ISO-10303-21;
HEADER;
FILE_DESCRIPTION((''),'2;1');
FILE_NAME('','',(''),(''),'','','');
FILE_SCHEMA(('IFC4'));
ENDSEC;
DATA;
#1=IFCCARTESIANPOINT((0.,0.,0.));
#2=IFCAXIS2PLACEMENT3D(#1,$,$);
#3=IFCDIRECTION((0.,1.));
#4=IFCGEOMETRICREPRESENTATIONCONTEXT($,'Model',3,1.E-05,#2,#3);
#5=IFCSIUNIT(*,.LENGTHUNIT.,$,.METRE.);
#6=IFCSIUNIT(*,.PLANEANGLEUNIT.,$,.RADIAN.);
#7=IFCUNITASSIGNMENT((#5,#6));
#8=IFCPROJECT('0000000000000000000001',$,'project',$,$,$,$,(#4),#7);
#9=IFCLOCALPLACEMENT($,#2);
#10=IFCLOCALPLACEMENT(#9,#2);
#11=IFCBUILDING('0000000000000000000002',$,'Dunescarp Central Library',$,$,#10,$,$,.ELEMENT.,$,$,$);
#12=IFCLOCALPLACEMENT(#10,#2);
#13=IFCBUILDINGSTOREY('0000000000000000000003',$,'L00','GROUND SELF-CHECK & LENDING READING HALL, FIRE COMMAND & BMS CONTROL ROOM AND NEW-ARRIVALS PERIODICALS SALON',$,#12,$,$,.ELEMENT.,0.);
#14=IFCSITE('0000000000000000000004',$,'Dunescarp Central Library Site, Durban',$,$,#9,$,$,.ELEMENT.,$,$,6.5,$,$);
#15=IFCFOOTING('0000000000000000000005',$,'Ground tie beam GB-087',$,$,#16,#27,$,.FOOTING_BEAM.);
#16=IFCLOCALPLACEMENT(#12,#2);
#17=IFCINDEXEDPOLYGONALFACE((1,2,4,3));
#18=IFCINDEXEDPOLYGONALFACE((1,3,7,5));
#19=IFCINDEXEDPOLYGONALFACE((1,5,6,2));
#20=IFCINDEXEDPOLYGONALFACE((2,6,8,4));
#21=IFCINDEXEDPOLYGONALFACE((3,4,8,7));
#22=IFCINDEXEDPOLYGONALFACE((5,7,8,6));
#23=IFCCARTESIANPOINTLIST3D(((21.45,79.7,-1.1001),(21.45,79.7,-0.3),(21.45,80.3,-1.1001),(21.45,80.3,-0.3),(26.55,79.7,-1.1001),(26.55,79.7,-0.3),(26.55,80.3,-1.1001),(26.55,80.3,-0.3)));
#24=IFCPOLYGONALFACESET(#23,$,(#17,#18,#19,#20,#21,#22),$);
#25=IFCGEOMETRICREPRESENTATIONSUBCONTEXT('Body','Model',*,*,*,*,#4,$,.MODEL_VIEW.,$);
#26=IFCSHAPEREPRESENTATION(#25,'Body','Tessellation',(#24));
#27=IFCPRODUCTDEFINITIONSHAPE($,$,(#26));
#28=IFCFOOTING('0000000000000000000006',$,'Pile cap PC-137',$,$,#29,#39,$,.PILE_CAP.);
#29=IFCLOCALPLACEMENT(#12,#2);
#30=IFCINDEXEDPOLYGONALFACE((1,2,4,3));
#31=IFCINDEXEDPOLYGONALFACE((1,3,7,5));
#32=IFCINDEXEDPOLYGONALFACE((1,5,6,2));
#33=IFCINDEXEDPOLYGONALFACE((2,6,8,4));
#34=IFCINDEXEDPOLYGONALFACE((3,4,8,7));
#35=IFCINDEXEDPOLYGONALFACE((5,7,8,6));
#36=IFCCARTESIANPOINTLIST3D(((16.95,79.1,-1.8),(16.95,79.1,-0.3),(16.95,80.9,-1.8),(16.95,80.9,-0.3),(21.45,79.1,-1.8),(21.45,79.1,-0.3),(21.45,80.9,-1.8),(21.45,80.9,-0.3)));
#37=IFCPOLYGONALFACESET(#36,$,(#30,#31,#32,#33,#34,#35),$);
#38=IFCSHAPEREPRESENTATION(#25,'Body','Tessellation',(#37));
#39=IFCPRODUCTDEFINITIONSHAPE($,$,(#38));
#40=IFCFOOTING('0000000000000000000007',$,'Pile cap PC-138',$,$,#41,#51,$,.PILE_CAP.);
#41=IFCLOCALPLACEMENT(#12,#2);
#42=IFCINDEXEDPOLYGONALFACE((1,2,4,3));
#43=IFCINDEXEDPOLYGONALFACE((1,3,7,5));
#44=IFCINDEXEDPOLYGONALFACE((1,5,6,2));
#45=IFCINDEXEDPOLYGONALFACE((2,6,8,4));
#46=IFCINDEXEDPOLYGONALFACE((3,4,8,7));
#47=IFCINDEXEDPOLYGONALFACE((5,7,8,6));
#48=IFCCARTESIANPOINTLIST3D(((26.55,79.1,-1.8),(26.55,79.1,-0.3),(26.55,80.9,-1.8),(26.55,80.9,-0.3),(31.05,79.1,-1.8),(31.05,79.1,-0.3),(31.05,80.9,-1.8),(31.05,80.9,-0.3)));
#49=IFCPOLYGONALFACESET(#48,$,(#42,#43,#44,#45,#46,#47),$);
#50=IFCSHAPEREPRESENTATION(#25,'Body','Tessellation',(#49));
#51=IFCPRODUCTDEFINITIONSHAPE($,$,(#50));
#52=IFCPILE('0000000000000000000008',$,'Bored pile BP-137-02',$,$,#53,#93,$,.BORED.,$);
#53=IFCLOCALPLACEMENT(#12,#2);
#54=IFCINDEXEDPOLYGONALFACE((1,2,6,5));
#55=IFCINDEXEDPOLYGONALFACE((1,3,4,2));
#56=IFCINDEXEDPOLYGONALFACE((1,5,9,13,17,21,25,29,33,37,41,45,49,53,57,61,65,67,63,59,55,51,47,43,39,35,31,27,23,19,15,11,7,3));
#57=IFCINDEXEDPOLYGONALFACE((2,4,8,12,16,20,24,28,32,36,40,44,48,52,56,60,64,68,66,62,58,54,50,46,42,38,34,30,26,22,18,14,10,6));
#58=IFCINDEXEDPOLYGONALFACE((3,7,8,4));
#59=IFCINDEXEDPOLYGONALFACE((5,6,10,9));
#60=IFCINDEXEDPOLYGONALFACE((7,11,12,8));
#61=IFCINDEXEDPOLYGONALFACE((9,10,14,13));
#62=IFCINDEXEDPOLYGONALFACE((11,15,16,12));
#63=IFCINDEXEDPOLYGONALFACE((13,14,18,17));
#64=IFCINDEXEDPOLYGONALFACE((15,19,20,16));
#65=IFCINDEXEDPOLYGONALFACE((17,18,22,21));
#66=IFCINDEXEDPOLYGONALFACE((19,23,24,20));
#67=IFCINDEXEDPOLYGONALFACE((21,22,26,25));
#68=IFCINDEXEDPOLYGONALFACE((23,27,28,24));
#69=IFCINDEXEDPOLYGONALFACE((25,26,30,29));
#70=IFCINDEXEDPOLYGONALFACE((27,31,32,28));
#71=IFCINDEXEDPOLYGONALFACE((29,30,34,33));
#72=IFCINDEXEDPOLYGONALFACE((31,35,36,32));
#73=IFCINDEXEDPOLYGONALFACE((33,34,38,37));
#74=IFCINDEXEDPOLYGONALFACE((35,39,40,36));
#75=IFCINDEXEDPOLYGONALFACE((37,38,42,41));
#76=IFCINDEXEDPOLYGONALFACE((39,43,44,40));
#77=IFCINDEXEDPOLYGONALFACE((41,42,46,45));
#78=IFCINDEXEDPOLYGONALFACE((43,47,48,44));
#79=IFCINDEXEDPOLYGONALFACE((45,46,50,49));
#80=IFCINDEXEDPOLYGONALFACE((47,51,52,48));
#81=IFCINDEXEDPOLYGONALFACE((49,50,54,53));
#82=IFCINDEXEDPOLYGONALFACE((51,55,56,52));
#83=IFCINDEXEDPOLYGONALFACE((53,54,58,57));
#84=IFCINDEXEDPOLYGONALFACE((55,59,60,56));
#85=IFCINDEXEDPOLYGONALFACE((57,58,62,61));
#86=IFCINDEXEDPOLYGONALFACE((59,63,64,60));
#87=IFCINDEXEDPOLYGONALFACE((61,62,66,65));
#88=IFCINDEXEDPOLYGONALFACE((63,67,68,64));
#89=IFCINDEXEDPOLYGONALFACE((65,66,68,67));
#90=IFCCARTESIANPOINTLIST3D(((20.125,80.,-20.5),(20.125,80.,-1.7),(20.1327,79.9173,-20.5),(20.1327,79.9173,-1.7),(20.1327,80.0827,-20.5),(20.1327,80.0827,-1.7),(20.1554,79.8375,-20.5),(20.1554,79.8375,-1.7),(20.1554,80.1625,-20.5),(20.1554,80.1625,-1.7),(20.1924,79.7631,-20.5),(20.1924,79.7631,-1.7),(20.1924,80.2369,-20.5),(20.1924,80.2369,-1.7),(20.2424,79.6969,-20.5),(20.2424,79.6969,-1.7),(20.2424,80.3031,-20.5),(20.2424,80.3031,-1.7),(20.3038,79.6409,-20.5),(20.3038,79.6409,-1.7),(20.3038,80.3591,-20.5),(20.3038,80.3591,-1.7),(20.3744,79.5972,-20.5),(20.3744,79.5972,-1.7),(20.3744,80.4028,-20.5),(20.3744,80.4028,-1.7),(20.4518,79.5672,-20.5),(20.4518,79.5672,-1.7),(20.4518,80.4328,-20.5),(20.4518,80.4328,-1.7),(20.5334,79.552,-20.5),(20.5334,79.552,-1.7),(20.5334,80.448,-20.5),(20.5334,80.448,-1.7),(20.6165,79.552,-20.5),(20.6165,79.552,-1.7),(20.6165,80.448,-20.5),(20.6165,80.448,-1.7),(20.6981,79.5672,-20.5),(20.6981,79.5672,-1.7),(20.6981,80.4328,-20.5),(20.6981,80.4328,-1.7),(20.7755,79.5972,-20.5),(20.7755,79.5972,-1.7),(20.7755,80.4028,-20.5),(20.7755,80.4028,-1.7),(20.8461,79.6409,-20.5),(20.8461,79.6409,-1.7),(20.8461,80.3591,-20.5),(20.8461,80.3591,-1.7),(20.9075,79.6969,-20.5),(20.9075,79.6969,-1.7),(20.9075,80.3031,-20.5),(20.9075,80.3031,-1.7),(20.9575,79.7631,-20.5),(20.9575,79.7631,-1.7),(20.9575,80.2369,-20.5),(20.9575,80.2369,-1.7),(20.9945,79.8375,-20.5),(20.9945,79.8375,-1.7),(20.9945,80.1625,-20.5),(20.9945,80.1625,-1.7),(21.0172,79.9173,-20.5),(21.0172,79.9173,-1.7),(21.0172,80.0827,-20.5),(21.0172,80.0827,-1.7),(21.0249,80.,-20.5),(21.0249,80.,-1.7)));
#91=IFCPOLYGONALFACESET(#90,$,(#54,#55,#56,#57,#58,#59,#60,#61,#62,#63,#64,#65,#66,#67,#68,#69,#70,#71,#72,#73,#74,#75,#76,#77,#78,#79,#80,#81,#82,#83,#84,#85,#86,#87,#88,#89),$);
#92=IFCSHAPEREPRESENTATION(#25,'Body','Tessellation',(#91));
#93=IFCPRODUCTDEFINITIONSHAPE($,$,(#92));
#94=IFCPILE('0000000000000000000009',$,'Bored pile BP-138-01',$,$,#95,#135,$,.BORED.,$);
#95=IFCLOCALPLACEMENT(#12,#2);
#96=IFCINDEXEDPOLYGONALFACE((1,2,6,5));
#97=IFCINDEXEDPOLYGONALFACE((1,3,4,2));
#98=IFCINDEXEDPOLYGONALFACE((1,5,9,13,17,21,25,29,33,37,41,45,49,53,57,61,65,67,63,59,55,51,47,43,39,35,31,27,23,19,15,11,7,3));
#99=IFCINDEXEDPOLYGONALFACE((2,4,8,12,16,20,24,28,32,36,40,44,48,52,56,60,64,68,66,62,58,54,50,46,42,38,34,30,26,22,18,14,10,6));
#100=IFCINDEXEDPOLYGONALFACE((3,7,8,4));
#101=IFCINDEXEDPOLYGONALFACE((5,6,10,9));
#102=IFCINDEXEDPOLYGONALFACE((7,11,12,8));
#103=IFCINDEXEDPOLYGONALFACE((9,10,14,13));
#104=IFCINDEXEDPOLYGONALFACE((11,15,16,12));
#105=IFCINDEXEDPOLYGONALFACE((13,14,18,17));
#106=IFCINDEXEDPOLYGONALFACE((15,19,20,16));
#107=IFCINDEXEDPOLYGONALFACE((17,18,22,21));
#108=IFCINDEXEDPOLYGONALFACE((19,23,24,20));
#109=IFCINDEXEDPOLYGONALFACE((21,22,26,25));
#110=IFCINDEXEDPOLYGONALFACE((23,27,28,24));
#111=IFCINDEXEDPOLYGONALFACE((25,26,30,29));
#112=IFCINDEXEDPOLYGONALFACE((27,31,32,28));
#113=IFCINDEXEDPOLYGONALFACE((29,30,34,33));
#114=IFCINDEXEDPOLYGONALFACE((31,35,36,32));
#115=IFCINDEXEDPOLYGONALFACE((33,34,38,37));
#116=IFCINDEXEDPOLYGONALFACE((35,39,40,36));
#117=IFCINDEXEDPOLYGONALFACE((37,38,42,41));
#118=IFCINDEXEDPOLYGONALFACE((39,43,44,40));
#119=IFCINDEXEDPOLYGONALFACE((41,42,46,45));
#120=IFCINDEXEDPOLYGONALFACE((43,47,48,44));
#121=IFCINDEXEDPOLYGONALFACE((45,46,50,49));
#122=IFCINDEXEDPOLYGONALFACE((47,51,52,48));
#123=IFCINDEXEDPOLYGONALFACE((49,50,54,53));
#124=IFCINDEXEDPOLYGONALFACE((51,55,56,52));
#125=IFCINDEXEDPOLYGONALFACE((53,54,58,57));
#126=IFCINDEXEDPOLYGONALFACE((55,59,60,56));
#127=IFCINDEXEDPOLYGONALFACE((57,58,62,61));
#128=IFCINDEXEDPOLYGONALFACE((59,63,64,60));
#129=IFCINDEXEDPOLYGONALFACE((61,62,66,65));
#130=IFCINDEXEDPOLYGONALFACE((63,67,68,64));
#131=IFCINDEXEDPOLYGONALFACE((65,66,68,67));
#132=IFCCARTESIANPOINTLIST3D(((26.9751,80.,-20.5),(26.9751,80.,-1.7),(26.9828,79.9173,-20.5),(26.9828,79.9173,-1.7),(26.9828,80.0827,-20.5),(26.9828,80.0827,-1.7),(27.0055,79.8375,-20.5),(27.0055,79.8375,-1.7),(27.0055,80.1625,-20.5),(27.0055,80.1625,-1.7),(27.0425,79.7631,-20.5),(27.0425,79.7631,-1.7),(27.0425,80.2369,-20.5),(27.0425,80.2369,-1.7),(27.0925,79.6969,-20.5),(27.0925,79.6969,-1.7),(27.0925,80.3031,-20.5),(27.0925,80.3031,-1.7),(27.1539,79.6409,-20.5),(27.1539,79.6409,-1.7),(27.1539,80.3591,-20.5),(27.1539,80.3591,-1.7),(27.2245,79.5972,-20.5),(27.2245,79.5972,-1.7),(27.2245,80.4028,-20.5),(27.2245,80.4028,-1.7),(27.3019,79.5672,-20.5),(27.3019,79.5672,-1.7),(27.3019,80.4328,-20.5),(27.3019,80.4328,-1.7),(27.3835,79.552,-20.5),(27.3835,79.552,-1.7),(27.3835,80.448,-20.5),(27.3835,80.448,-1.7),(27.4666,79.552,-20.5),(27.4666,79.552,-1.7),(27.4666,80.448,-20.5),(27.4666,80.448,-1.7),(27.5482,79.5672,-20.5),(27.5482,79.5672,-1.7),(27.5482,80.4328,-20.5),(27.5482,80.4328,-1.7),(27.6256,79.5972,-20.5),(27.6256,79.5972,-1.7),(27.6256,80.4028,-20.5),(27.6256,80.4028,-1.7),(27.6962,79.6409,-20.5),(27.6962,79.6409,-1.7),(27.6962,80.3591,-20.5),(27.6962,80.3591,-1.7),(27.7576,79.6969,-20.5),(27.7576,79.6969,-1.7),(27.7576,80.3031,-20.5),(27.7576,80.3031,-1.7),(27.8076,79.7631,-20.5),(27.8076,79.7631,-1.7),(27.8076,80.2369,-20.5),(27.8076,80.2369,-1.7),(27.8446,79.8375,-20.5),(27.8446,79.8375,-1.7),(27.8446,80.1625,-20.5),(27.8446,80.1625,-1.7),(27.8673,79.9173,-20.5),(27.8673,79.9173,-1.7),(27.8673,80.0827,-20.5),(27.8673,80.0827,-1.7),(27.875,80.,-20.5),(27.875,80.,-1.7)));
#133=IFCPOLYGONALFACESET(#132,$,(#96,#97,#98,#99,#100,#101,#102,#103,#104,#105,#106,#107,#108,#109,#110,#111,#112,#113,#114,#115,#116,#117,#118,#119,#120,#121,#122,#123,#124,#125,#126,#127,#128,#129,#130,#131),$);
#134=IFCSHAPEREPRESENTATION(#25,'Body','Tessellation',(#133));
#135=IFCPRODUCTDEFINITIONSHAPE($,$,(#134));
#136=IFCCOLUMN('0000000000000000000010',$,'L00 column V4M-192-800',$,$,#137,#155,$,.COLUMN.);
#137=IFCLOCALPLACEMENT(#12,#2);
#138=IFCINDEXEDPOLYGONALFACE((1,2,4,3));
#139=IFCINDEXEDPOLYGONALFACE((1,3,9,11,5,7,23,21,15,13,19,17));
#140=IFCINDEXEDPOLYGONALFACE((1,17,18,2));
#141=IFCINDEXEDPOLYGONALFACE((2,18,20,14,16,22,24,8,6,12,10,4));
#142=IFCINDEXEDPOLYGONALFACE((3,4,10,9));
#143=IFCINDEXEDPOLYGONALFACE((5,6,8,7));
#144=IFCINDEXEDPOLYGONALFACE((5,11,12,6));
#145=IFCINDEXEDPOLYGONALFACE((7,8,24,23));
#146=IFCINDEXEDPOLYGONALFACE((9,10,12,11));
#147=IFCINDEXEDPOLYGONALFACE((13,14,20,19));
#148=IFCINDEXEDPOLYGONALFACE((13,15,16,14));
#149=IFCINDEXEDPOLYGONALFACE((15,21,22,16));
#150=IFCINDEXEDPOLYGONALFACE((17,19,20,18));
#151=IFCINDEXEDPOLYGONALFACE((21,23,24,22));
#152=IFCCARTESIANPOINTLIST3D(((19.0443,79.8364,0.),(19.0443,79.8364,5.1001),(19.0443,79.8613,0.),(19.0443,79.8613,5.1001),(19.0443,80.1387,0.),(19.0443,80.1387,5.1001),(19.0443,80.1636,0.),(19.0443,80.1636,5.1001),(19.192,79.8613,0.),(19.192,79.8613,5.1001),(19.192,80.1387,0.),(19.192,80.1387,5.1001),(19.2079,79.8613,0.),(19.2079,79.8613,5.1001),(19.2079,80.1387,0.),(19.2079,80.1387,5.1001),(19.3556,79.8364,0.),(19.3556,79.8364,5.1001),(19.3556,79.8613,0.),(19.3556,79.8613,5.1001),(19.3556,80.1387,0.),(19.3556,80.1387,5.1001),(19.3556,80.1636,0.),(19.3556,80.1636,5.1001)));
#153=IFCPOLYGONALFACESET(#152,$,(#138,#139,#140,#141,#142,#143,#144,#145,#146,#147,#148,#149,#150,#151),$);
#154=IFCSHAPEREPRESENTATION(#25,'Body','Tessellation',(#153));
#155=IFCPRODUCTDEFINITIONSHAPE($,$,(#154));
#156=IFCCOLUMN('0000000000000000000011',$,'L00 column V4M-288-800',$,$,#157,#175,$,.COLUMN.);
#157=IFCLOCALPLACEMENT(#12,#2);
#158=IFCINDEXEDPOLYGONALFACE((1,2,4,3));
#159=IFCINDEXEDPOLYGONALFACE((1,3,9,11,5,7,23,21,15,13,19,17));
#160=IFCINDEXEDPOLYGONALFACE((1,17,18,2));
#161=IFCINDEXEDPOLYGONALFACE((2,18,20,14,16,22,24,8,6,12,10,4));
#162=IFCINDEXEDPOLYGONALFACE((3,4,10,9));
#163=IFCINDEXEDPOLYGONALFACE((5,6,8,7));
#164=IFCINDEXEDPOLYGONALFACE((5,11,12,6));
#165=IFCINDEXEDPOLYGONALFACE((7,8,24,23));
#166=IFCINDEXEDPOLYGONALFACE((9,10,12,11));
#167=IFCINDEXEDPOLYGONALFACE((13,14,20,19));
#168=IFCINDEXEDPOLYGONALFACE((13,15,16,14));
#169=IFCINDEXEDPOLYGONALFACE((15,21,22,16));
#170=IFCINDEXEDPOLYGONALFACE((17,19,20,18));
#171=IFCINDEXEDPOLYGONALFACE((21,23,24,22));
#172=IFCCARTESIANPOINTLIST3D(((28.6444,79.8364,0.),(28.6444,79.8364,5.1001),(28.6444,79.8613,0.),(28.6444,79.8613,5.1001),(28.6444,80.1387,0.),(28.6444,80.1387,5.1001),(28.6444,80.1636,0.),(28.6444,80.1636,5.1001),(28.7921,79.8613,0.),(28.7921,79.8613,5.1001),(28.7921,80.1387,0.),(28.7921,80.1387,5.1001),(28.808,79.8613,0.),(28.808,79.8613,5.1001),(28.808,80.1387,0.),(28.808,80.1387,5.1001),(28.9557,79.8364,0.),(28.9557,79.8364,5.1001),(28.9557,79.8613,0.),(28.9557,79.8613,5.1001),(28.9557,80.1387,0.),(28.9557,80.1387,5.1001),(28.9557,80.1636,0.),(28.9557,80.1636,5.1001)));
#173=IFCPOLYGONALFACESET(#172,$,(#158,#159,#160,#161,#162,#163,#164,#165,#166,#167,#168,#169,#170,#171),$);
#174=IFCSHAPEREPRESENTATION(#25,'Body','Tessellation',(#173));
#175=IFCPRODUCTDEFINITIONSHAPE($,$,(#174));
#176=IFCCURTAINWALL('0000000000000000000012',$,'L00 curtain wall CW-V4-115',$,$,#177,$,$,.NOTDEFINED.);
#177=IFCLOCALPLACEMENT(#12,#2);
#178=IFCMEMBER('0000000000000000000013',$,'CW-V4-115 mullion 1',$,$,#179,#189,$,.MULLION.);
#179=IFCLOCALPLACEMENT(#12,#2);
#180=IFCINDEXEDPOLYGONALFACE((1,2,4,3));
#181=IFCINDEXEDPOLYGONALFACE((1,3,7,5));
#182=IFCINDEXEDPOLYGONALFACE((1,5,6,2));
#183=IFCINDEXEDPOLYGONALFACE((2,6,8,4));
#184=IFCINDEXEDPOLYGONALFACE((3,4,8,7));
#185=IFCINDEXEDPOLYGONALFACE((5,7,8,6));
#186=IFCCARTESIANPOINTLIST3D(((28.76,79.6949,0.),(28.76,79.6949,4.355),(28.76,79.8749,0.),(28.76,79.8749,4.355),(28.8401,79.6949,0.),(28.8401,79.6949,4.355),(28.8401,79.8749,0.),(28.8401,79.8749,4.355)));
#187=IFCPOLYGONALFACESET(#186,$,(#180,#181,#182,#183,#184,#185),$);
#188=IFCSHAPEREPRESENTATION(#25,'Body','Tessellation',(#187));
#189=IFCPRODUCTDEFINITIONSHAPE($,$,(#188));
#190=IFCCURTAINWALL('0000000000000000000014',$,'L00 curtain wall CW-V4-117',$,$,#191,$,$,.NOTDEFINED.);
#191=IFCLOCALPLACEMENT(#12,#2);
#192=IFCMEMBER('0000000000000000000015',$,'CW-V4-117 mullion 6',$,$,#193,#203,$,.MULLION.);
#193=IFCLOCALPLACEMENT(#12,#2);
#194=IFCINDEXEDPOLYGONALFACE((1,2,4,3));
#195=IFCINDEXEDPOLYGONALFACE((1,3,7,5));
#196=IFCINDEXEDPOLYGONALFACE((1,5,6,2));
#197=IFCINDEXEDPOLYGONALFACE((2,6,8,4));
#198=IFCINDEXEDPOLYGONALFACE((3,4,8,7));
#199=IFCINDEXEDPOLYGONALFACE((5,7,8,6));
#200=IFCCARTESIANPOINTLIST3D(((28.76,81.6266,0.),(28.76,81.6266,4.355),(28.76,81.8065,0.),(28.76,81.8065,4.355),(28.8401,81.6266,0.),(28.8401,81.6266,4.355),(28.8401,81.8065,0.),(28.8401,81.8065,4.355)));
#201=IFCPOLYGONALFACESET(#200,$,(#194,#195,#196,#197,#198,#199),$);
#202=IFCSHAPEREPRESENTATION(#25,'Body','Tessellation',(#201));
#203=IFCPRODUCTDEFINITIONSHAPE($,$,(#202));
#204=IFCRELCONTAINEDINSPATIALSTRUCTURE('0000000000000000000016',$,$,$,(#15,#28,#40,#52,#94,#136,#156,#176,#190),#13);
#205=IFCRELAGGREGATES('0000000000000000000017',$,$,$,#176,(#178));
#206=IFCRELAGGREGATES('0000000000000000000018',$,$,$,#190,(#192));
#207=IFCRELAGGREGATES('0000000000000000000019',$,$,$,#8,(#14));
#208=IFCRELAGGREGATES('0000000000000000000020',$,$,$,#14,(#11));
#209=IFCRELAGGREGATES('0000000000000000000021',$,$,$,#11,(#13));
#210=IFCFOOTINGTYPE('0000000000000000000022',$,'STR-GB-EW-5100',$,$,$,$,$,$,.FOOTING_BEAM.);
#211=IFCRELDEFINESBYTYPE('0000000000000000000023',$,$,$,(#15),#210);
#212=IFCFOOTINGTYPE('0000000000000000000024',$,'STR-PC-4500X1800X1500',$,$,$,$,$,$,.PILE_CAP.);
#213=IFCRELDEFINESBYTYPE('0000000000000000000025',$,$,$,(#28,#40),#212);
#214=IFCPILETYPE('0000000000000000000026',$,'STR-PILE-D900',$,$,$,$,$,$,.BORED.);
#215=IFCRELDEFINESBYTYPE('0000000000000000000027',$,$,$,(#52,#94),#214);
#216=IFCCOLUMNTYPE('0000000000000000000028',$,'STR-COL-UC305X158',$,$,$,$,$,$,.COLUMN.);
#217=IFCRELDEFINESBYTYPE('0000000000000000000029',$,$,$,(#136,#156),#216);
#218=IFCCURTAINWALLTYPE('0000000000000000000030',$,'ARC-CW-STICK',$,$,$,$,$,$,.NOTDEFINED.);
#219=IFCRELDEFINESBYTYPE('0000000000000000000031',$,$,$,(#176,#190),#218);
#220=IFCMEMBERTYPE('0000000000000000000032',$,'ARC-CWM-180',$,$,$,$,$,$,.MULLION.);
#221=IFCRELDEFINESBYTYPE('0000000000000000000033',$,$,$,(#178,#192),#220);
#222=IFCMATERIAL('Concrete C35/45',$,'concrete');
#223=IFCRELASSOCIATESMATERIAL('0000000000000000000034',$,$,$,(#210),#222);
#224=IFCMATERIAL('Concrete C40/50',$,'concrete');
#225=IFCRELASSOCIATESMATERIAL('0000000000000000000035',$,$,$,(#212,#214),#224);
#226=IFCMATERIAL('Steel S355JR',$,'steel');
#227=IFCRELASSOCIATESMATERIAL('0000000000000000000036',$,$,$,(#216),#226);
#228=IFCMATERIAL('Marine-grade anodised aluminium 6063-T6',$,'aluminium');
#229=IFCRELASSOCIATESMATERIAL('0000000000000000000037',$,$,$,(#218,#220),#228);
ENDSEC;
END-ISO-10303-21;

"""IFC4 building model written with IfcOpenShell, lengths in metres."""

from ifc_helpers import new_model, si_unit, direction, frame, origin, origin_2d, place, context, subcontext, project, spatial, rectangle, circle, i_section, extrude, material, material_profile, profile_set, type_object, element, aggregate, save


model = new_model("IFC4")

# Units and contexts
model_context = context("Model", 3, precision=1e-05, world=origin(), true_north=direction((0.0, 1.0)))
body_context = subcontext(model_context, "Body", "Model", "MODEL_VIEW")
ifc_project = project(units=[si_unit("LENGTHUNIT", "METRE"), si_unit("PLANEANGLEUNIT", "RADIAN")], contexts=[model_context])

# Site, building, storey
site_placement = place(None, origin())
site = spatial("IfcSite", under=ifc_project, at=site_placement, Name="Dunescarp Central Library Site, Durban", CompositionType="ELEMENT", RefElevation=6.5)
building_placement = place(site_placement, origin())
building = spatial("IfcBuilding", under=site, at=building_placement, Name="Dunescarp Central Library", CompositionType="ELEMENT")
storey_placement = place(building_placement, origin())
storey = spatial("IfcBuildingStorey", under=building, at=storey_placement, Name="L00", Description="GROUND SELF-CHECK & LENDING READING HALL, FIRE COMMAND & BMS CONTROL ROOM AND NEW-ARRIVALS PERIODICALS SALON", CompositionType="ELEMENT", Elevation=0.0)

# Footings
ifc_material_1 = material(Name="Concrete C35/45", Category="concrete")
footing_type_1 = type_object("IfcFootingType", Name="STR-GB-EW-5100", PredefinedType="FOOTING_BEAM", material=ifc_material_1)
footing_placement = place(storey_placement, frame((24.0, 80.0, -1.1001), z_axis=(0.0, 0.0, 1.0), x_axis=(1.0, 0.0, 0.0)))
element("IfcFooting", 1, at=footing_placement, inside=storey, type_object=footing_type_1, Name="Ground tie beam GB-087", PredefinedType="FOOTING_BEAM", context=body_context, shape_type="SweptSolid", body=[
    extrude(rectangle(XDim=5.1001, YDim=0.6001, at=origin_2d()), origin(), (0.0, 0.0, 1.0), 0.8),
])
ifc_material_2 = material(Name="Concrete C40/50", Category="concrete")
footing_type_2 = type_object("IfcFootingType", Name="STR-PC-4500X1800X1500", PredefinedType="PILE_CAP", material=ifc_material_2)
for number, where, z_axis, x_axis, name in (
    (2, (19.2, 80.0, -1.8), (0.0, 0.0, 1.0), (1.0, 0.0, 0.0), "Pile cap PC-137"),
    (3, (28.8, 80.0, -1.8), (0.0, 0.0, 1.0), (1.0, 0.0, 0.0), "Pile cap PC-138"),
):
    element("IfcFooting", number, at=place(storey_placement, frame(where, z_axis=z_axis, x_axis=x_axis)), inside=storey, type_object=footing_type_2, Name=name, PredefinedType="PILE_CAP", context=body_context, shape_type="SweptSolid", body=[
        extrude(rectangle(XDim=4.5, YDim=1.8, at=origin_2d()), origin(), (0.0, 0.0, 1.0), 1.5),
    ])

# Piles
ifc_material_profile_1 = material_profile(ifc_material_2, circle(Radius=0.45, at=origin_2d()), Name="PILE D900")
ifc_profile_set_1 = profile_set([ifc_material_profile_1], Name="Concrete C40/50")
pile_type = type_object("IfcPileType", Name="STR-PILE-D900", PredefinedType="BORED", material=ifc_profile_set_1)
for number, where, z_axis, x_axis, name in (
    (4, (20.575, 80.0, -1.7), (0.0, 0.0, -1.0), (1.0, 0.0, 0.0), "Bored pile BP-137-02"),
    (5, (27.425, 80.0, -1.7), (0.0, 0.0, -1.0), (1.0, 0.0, 0.0), "Bored pile BP-138-01"),
):
    element("IfcPile", number, at=place(storey_placement, frame(where, z_axis=z_axis, x_axis=x_axis)), inside=storey, type_object=pile_type, Name=name, PredefinedType="BORED", context=body_context, shape_type="SweptSolid", body=[
        extrude(circle(Radius=0.45, at=origin_2d()), origin(), (0.0, 0.0, 1.0), 18.8),
    ])

# Columns
ifc_material_3 = material(Name="Steel S355JR", Category="steel")
ifc_material_profile_2 = material_profile(ifc_material_3, i_section(OverallWidth=0.3113, OverallDepth=0.3271, WebThickness=0.0159, FlangeThickness=0.0249, at=origin_2d()), Name="UC 305x305x158")
ifc_profile_set_2 = profile_set([ifc_material_profile_2], Name="Steel S355JR")
column_type = type_object("IfcColumnType", Name="STR-COL-UC305X158", PredefinedType="COLUMN", material=ifc_profile_set_2)
for number, where, z_axis, x_axis, name in (
    (6, (19.2, 80.0, 0.0), (0.0, 0.0, 1.0), (1.0, 0.0, 0.0), "L00 column V4M-192-800"),
    (7, (28.8, 80.0, 0.0), (0.0, 0.0, 1.0), (1.0, 0.0, 0.0), "L00 column V4M-288-800"),
):
    element("IfcColumn", number, at=place(storey_placement, frame(where, z_axis=z_axis, x_axis=x_axis)), inside=storey, type_object=column_type, Name=name, PredefinedType="COLUMN", context=body_context, shape_type="SweptSolid", body=[
        extrude(i_section(OverallWidth=0.3113, OverallDepth=0.3271, WebThickness=0.0159, FlangeThickness=0.0249, at=origin_2d()), origin(), (0.0, 0.0, 1.0), 5.1001),
    ])

# Curtain wall, member
ifc_material_4 = material(Name="Marine-grade anodised aluminium 6063-T6", Category="aluminium")
curtain_wall_type = type_object("IfcCurtainWallType", Name="ARC-CW-STICK", PredefinedType="NOTDEFINED", material=ifc_material_4)
curtain_wall_1_placement = place(storey_placement, origin())
curtain_wall_1 = element("IfcCurtainWall", 8, at=curtain_wall_1_placement, inside=storey, type_object=curtain_wall_type, Name="L00 curtain wall CW-V4-115", PredefinedType="NOTDEFINED")
ifc_material_profile_3 = material_profile(ifc_material_4, rectangle(XDim=0.0801, YDim=0.1799, at=origin_2d()), Name="AL 80x180")
ifc_profile_set_3 = profile_set([ifc_material_profile_3], Name="Marine-grade anodised aluminium 6063-T6")
member_type_1 = type_object("IfcMemberType", Name="ARC-CWM-180", PredefinedType="MULLION", material=ifc_profile_set_3)
member_1_placement = place(storey_placement, frame((28.8, 79.7849, 0.0), z_axis=(0.0, 0.0, 1.0), x_axis=(1.0, 0.0, 0.0)))
member_1 = element("IfcMember", 9, at=member_1_placement, type_object=member_type_1, Name="CW-V4-115 mullion 1", PredefinedType="MULLION", context=body_context, shape_type="SweptSolid", body=[
    extrude(rectangle(XDim=0.0801, YDim=0.1799, at=origin_2d()), origin(), (0.0, 0.0, 1.0), 4.355),
])

# Curtain wall, member
curtain_wall_2_placement = place(storey_placement, origin())
curtain_wall_2 = element("IfcCurtainWall", 10, at=curtain_wall_2_placement, inside=storey, type_object=curtain_wall_type, Name="L00 curtain wall CW-V4-117", PredefinedType="NOTDEFINED")
member_2_placement = place(storey_placement, frame((28.8, 81.7166, 0.0), z_axis=(0.0, 0.0, 1.0), x_axis=(1.0, 0.0, 0.0)))
member_2 = element("IfcMember", 11, at=member_2_placement, type_object=member_type_1, Name="CW-V4-117 mullion 6", PredefinedType="MULLION", context=body_context, shape_type="SweptSolid", body=[
    extrude(rectangle(XDim=0.0801, YDim=0.1799, at=origin_2d()), origin(), (0.0, 0.0, 1.0), 4.355),
])

aggregate(curtain_wall_1, [member_1])
aggregate(curtain_wall_2, [member_2])

save(model, "model.ifc")
